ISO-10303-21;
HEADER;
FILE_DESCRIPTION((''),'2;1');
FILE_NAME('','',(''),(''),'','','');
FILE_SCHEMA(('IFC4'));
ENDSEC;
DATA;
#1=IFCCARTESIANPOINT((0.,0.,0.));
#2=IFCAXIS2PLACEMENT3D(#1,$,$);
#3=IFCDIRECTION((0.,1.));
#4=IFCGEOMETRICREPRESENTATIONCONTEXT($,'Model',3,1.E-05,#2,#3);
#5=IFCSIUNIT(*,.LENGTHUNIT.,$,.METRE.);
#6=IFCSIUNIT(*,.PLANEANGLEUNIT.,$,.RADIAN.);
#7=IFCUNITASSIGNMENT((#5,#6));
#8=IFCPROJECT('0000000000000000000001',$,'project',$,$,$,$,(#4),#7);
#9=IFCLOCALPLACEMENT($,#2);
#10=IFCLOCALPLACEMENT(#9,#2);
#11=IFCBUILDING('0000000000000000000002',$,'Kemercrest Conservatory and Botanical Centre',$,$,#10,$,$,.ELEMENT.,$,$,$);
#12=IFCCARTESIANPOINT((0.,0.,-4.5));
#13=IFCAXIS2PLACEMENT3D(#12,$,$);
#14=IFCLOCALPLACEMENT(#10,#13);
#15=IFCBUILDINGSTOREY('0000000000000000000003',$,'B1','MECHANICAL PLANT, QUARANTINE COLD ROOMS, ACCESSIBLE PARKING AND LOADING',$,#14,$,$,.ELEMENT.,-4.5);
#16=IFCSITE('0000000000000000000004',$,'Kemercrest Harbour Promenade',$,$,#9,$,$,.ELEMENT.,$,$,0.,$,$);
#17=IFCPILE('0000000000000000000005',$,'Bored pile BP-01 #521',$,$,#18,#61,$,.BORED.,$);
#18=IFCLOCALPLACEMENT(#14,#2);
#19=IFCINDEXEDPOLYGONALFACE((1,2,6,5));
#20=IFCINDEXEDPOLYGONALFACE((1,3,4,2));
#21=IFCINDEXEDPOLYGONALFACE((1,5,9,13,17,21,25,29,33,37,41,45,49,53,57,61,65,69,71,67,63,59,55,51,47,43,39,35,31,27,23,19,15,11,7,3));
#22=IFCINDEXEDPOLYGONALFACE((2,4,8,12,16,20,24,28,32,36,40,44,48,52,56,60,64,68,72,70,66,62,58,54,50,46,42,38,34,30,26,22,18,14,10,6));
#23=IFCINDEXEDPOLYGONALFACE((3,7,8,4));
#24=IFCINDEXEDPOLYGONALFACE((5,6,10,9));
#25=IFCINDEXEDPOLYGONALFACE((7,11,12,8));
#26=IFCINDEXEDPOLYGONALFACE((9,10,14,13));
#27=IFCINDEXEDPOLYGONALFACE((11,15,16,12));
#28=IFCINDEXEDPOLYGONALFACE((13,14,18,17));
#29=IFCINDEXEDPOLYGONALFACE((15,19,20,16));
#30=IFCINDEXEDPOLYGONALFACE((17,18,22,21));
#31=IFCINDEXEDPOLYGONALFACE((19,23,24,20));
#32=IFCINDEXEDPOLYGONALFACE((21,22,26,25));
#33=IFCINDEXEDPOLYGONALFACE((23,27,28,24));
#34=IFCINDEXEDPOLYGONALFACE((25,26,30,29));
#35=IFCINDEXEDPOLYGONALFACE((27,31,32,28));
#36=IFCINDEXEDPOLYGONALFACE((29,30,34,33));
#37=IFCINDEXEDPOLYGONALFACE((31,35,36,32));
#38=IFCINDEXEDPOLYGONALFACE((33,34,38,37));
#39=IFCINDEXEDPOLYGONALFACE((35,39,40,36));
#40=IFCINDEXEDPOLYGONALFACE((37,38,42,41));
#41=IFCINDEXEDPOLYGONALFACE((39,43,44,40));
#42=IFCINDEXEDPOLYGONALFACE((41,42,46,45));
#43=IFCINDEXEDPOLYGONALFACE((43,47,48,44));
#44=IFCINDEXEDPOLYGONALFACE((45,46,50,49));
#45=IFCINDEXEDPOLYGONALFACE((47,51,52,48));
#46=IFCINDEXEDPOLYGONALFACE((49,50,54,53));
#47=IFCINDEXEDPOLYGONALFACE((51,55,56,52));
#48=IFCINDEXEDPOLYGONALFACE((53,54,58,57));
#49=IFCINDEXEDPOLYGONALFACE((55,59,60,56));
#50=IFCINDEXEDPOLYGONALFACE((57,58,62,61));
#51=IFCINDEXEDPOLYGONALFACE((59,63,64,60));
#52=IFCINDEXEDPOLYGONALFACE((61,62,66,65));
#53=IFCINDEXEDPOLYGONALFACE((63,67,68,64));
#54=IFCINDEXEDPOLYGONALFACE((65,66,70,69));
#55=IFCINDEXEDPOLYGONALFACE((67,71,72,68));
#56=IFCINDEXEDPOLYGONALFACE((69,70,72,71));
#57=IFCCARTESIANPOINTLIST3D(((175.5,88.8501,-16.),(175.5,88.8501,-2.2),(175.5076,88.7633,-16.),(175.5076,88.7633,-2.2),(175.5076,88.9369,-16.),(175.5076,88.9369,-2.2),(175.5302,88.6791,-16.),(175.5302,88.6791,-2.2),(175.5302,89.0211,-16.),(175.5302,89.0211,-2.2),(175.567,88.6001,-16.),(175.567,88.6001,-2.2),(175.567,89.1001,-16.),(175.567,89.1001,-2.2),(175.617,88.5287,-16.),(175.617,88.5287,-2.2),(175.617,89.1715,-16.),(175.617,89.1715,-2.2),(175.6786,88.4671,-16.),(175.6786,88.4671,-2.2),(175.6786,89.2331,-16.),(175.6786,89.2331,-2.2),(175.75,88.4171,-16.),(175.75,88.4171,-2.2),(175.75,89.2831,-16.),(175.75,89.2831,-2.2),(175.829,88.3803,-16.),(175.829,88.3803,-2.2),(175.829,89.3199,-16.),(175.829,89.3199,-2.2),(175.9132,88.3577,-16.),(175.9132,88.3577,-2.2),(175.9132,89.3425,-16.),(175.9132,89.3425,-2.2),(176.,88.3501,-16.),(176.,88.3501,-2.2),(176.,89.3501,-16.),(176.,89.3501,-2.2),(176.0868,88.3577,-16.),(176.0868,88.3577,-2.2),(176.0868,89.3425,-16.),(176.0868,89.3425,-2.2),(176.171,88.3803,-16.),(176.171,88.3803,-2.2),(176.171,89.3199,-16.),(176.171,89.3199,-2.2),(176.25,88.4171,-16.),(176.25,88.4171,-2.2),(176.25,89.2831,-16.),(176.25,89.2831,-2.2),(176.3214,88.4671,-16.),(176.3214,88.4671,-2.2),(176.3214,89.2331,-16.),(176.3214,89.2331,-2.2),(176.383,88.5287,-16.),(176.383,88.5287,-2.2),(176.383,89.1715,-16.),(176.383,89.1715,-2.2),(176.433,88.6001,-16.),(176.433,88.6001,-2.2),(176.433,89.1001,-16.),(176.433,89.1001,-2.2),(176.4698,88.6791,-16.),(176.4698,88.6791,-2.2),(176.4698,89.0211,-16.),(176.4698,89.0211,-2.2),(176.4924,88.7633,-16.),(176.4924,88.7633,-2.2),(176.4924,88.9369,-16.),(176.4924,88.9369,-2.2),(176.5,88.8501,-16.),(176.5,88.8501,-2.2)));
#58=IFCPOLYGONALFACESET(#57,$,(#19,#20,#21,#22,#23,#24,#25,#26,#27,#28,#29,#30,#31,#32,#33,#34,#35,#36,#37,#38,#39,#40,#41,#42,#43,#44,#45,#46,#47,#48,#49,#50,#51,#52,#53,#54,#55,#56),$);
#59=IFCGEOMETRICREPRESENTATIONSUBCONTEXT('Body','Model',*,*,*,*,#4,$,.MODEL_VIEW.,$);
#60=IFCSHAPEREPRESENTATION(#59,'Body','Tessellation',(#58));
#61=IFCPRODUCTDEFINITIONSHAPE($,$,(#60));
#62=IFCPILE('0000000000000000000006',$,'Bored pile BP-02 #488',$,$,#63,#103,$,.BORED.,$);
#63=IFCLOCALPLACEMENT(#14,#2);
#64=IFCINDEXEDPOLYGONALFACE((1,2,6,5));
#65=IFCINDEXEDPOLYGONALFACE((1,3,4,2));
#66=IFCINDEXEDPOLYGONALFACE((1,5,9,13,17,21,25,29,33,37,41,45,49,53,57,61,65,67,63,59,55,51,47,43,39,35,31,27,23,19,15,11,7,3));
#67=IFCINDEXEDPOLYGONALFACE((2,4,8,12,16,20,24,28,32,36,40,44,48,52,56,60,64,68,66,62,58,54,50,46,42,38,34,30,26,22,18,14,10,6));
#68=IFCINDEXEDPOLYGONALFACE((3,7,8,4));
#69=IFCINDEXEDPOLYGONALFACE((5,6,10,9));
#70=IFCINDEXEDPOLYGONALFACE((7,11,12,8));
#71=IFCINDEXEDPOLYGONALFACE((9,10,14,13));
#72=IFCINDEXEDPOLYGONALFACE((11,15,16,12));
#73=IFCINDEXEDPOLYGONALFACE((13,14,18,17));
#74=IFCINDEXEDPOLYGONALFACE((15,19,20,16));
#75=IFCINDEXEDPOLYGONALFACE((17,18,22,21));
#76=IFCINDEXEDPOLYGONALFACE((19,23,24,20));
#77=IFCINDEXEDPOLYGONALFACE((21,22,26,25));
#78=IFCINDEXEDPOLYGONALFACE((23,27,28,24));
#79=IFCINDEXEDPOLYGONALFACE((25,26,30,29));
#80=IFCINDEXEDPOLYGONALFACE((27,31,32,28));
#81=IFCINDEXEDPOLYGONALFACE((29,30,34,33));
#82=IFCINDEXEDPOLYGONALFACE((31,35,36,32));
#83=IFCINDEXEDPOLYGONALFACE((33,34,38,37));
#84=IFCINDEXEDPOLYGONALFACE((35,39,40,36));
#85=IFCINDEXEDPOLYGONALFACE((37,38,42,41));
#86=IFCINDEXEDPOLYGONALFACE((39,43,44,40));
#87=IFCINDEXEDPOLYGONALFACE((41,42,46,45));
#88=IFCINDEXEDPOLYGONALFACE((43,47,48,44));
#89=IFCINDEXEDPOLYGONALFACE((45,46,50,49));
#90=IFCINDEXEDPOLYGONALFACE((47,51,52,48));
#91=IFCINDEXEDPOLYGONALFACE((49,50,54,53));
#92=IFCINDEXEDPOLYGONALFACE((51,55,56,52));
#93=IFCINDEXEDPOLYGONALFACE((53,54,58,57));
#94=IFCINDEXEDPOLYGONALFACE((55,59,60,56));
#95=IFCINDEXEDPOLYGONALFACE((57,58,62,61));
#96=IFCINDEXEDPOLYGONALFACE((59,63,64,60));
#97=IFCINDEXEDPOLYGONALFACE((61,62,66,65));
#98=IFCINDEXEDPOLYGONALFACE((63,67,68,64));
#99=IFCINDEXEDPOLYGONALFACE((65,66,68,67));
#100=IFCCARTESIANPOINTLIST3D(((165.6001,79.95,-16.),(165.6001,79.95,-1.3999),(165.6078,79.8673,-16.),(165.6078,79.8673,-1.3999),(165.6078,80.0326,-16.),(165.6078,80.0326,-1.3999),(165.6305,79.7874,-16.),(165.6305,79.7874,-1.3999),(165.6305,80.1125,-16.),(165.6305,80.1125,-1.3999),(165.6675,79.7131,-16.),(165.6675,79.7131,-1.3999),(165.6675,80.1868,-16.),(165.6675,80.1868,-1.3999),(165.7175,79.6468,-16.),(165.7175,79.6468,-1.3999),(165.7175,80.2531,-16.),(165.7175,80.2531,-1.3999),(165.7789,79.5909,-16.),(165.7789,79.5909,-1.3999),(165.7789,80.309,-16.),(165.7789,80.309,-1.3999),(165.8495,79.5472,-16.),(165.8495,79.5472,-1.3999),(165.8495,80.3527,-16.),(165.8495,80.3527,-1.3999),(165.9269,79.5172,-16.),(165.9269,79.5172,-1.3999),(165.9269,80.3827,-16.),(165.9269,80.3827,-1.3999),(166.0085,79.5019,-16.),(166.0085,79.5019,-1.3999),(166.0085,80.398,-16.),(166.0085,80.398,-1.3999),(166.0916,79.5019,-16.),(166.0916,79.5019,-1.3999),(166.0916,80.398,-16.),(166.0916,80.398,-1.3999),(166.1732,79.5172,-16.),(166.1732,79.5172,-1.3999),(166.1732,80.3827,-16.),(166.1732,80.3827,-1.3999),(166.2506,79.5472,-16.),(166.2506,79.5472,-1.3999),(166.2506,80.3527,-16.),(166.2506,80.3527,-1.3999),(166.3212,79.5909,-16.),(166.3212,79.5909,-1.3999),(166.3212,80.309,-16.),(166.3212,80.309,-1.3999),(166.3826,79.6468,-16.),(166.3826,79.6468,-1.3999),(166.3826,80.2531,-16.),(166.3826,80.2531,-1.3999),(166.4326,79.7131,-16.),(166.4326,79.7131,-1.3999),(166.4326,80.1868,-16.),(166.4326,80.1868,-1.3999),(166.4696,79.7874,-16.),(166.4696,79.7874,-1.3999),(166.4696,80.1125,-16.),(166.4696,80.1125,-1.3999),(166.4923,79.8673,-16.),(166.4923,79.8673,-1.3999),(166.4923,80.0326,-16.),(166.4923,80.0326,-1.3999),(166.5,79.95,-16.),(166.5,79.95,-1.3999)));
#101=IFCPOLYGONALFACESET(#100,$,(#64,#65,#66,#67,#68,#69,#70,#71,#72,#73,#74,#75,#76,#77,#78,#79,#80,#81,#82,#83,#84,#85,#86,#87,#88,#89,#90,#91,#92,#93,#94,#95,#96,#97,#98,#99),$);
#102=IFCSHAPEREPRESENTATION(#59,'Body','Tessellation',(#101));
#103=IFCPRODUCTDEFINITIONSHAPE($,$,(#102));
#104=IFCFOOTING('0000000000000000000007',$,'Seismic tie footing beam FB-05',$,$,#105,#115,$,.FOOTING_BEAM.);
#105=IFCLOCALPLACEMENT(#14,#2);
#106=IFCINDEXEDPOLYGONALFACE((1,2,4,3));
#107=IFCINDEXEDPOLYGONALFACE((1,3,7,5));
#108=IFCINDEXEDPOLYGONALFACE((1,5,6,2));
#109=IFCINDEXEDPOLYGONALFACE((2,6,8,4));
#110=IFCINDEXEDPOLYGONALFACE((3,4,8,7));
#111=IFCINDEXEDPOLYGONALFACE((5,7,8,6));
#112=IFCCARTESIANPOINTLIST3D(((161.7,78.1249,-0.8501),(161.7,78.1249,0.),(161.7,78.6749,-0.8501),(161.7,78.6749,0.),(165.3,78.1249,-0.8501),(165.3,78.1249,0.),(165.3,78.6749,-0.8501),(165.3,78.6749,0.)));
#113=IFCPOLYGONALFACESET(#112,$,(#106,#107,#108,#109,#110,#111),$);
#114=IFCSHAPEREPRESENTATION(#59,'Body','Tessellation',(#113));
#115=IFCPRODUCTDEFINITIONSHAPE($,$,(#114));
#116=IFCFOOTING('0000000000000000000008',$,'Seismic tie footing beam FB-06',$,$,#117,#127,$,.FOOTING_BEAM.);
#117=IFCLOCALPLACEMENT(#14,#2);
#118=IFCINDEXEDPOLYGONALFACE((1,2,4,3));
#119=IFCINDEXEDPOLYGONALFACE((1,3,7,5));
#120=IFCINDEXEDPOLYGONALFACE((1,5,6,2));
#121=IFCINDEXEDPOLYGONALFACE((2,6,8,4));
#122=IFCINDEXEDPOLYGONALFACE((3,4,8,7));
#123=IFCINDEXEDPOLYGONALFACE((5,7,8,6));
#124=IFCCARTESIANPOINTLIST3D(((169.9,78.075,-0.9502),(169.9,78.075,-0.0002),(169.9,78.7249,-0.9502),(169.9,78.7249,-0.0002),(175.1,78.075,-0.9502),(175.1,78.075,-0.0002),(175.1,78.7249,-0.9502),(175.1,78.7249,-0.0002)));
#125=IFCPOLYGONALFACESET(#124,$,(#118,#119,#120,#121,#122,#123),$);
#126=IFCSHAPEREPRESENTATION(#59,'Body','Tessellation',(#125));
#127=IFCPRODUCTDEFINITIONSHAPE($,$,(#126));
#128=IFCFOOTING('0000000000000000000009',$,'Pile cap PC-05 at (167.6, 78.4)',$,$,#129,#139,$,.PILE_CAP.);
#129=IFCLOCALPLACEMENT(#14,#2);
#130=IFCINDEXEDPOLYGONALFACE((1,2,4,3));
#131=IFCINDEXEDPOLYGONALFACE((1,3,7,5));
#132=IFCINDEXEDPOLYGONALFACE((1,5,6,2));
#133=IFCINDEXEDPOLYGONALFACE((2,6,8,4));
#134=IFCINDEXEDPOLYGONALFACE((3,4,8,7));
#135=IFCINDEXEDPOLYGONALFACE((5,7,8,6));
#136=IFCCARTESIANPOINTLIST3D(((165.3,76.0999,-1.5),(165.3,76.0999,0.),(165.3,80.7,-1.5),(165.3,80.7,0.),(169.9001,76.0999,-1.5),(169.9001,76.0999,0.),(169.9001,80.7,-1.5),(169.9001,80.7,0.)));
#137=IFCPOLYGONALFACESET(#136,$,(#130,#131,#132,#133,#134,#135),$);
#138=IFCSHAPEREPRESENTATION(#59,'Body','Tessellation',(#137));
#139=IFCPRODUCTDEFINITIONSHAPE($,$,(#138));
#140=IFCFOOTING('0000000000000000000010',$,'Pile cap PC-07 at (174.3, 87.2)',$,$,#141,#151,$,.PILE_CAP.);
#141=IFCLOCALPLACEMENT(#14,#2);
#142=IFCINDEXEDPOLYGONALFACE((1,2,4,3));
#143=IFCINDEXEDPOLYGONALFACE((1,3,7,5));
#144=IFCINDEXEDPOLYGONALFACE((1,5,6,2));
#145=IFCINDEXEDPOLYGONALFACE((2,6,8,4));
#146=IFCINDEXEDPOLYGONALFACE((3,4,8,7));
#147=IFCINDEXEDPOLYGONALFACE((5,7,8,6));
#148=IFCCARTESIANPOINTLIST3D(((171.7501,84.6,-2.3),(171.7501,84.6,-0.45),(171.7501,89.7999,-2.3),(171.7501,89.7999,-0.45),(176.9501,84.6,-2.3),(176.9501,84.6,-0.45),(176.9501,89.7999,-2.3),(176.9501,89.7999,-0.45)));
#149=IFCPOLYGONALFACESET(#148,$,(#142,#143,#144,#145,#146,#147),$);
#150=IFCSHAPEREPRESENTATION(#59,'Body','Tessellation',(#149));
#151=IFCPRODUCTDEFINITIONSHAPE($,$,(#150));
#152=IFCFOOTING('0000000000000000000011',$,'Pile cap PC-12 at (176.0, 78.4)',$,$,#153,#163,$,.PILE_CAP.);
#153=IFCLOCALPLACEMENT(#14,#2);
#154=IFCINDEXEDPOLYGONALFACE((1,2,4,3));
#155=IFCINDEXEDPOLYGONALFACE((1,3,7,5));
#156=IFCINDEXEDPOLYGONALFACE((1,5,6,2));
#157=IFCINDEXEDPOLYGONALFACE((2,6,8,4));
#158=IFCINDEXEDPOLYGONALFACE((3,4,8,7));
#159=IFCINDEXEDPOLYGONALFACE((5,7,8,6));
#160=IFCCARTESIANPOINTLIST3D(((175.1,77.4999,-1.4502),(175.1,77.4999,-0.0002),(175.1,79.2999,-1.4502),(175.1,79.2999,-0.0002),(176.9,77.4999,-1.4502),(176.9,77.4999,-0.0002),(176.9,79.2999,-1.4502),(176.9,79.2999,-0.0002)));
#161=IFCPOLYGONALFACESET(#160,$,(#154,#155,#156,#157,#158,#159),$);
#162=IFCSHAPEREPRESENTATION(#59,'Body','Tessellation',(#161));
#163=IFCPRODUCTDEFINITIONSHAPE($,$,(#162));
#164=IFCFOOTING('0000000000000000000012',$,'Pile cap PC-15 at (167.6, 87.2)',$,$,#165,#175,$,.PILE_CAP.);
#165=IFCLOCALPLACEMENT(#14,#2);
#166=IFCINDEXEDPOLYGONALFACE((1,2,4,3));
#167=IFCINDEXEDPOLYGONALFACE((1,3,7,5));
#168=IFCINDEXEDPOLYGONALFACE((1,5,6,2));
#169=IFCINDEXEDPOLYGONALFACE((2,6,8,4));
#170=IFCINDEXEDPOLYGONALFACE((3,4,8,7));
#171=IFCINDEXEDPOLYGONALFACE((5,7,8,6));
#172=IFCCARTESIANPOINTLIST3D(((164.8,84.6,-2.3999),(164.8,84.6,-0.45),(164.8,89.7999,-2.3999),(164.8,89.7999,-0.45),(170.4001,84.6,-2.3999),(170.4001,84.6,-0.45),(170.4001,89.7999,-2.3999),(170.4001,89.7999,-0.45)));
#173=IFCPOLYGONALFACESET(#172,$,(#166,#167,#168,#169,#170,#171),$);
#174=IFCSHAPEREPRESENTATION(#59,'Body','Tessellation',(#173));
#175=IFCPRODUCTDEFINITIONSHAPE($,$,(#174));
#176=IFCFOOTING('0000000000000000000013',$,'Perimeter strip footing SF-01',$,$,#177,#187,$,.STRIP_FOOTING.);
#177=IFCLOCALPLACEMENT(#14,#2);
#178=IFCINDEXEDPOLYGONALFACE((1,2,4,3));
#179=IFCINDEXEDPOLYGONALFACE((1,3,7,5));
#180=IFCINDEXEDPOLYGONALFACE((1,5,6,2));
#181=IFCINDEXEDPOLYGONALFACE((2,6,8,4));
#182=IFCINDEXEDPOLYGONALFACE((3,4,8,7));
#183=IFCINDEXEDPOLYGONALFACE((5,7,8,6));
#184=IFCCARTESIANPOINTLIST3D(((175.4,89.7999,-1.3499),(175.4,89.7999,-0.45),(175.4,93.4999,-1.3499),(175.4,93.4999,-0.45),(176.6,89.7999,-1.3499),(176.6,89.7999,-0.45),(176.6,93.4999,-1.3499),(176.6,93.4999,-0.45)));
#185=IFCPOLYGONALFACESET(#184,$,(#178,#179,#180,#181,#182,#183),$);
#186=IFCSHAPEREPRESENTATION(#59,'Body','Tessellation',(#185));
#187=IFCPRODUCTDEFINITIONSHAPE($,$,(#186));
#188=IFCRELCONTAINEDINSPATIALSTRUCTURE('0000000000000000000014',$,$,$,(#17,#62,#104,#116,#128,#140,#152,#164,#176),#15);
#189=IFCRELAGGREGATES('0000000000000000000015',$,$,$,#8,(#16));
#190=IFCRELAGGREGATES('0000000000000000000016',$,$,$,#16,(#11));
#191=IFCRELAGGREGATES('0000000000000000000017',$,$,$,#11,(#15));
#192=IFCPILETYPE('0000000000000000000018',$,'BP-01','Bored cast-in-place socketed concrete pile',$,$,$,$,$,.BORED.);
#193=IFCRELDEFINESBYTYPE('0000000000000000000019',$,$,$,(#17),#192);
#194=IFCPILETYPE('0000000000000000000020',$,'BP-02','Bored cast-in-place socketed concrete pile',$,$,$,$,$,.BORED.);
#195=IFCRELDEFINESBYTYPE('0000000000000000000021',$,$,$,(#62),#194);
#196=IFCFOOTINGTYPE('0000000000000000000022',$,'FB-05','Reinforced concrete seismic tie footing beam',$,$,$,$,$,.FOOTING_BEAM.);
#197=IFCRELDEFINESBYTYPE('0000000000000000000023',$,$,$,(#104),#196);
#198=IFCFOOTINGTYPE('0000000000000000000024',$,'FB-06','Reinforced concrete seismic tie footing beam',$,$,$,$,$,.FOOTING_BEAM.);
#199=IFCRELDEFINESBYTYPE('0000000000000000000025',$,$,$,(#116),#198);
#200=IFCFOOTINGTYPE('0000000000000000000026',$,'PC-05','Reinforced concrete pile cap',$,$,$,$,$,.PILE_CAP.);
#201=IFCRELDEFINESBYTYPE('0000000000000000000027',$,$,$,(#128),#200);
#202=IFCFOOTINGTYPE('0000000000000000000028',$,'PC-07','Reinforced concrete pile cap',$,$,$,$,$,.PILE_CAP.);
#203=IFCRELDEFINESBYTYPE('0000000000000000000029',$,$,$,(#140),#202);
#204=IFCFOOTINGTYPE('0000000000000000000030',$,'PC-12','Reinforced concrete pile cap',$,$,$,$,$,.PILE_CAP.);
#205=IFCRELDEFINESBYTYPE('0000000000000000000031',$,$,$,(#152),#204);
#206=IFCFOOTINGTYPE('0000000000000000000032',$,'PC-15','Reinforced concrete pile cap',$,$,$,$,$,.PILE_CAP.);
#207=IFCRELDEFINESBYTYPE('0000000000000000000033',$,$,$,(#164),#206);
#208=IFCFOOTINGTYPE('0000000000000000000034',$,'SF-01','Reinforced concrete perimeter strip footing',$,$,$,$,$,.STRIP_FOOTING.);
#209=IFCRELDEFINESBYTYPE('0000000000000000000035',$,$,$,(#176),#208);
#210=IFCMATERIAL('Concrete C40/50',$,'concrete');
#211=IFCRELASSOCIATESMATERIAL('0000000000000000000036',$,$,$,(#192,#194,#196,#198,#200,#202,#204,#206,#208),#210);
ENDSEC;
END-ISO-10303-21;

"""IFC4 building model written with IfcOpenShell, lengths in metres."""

from ifc_helpers import new_model, si_unit, direction, frame, origin, origin_2d, place, context, subcontext, project, spatial, rectangle, circle, extrude, material, material_profile, profile_set, type_object, element, save


model = new_model("IFC4")

# Units and contexts
model_context = context("Model", 3, precision=1e-05, world=origin(), true_north=direction((0.0, 1.0)))
body_context = subcontext(model_context, "Body", "Model", "MODEL_VIEW")
ifc_project = project(units=[si_unit("LENGTHUNIT", "METRE"), si_unit("PLANEANGLEUNIT", "RADIAN")], contexts=[model_context])

# Site, building, storey
site_placement = place(None, origin())
site = spatial("IfcSite", under=ifc_project, at=site_placement, Name="Kemercrest Harbour Promenade", CompositionType="ELEMENT", RefElevation=0.0)
building_placement = place(site_placement, origin())
building = spatial("IfcBuilding", under=site, at=building_placement, Name="Kemercrest Conservatory and Botanical Centre", CompositionType="ELEMENT")
storey_placement = place(building_placement, frame((0.0, 0.0, -4.5)))
storey = spatial("IfcBuildingStorey", under=building, at=storey_placement, Name="B1", Description="MECHANICAL PLANT, QUARANTINE COLD ROOMS, ACCESSIBLE PARKING AND LOADING", CompositionType="ELEMENT", Elevation=-4.5)

# Piles
ifc_material_1 = material(Name="Concrete C40/50", Category="concrete")
ifc_material_profile_1 = material_profile(ifc_material_1, circle(Radius=0.5, at=origin_2d()), Name="BORED PILE 1000")
ifc_profile_set_1 = profile_set([ifc_material_profile_1], Name="Concrete C40/50")
pile_type_1 = type_object("IfcPileType", Name="BP-01", Description="Bored cast-in-place socketed concrete pile", PredefinedType="BORED", material=ifc_profile_set_1)
for number, where, z_axis, x_axis, name in (
    (1, (176.0, 88.8501, -2.2), (0.0, 0.0, -1.0), (1.0, 0.0, 0.0), "Bored pile BP-01 #521"),
):
    element("IfcPile", number, at=place(storey_placement, frame(where, z_axis=z_axis, x_axis=x_axis)), inside=storey, type_object=pile_type_1, Name=name, PredefinedType="BORED", context=body_context, shape_type="SweptSolid", body=[
        extrude(circle(Radius=0.5, at=origin_2d()), origin(), (0.0, 0.0, 1.0), 13.8),
    ])
ifc_material_profile_2 = material_profile(ifc_material_1, circle(Radius=0.45, at=origin_2d()), Name="BORED PILE 900")
ifc_profile_set_2 = profile_set([ifc_material_profile_2], Name="Concrete C40/50")
pile_type_2 = type_object("IfcPileType", Name="BP-02", Description="Bored cast-in-place socketed concrete pile", PredefinedType="BORED", material=ifc_profile_set_2)
pile_1_placement = place(storey_placement, frame((166.05, 79.95, -1.3999), z_axis=(0.0, 0.0, -1.0), x_axis=(1.0, 0.0, 0.0)))
element("IfcPile", 2, at=pile_1_placement, inside=storey, type_object=pile_type_2, Name="Bored pile BP-02 #488", PredefinedType="BORED", context=body_context, shape_type="SweptSolid", body=[
    extrude(circle(Radius=0.45, at=origin_2d()), origin(), (0.0, 0.0, 1.0), 14.6001),
])

# Footings
footing_type_1 = type_object("IfcFootingType", Name="FB-05", Description="Reinforced concrete seismic tie footing beam", PredefinedType="FOOTING_BEAM", material=ifc_material_1)
footing_1_placement = place(storey_placement, frame((163.5, 78.3999, -0.8501), z_axis=(0.0, 0.0, 1.0), x_axis=(1.0, 0.0, 0.0)))
element("IfcFooting", 3, at=footing_1_placement, inside=storey, type_object=footing_type_1, Name="Seismic tie footing beam FB-05", PredefinedType="FOOTING_BEAM", context=body_context, shape_type="SweptSolid", body=[
    extrude(rectangle(XDim=3.6001, YDim=0.55, at=origin_2d()), origin(), (0.0, 0.0, 1.0), 0.8501),
])
footing_type_2 = type_object("IfcFootingType", Name="FB-06", Description="Reinforced concrete seismic tie footing beam", PredefinedType="FOOTING_BEAM", material=ifc_material_1)
footing_2_placement = place(storey_placement, frame((172.5, 78.3999, -0.9502), z_axis=(0.0, 0.0, 1.0), x_axis=(1.0, 0.0, 0.0)))
element("IfcFooting", 4, at=footing_2_placement, inside=storey, type_object=footing_type_2, Name="Seismic tie footing beam FB-06", PredefinedType="FOOTING_BEAM", context=body_context, shape_type="SweptSolid", body=[
    extrude(rectangle(XDim=5.2, YDim=0.6499, at=origin_2d()), origin(), (0.0, 0.0, 1.0), 0.95),
])
footing_type_3 = type_object("IfcFootingType", Name="PC-05", Description="Reinforced concrete pile cap", PredefinedType="PILE_CAP", material=ifc_material_1)
footing_3_placement = place(storey_placement, frame((167.6001, 78.3999, -1.5), z_axis=(0.0, 0.0, 1.0), x_axis=(1.0, 0.0, 0.0)))
element("IfcFooting", 5, at=footing_3_placement, inside=storey, type_object=footing_type_3, Name="Pile cap PC-05 at (167.6, 78.4)", PredefinedType="PILE_CAP", context=body_context, shape_type="SweptSolid", body=[
    extrude(rectangle(XDim=4.6001, YDim=4.6001, at=origin_2d()), origin(), (0.0, 0.0, 1.0), 1.5),
])
footing_type_4 = type_object("IfcFootingType", Name="PC-07", Description="Reinforced concrete pile cap", PredefinedType="PILE_CAP", material=ifc_material_1)
footing_4_placement = place(storey_placement, frame((174.3501, 87.2, -2.3), z_axis=(0.0, 0.0, 1.0), x_axis=(1.0, 0.0, 0.0)))
element("IfcFooting", 6, at=footing_4_placement, inside=storey, type_object=footing_type_4, Name="Pile cap PC-07 at (174.3, 87.2)", PredefinedType="PILE_CAP", context=body_context, shape_type="SweptSolid", body=[
    extrude(rectangle(XDim=5.2, YDim=5.2, at=origin_2d()), origin(), (0.0, 0.0, 1.0), 1.8501),
])
footing_type_5 = type_object("IfcFootingType", Name="PC-12", Description="Reinforced concrete pile cap", PredefinedType="PILE_CAP", material=ifc_material_1)
footing_5_placement = place(storey_placement, frame((176.0, 78.3999, -1.4502), z_axis=(0.0, 0.0, 1.0), x_axis=(1.0, 0.0, 0.0)))
element("IfcFooting", 7, at=footing_5_placement, inside=storey, type_object=footing_type_5, Name="Pile cap PC-12 at (176.0, 78.4)", PredefinedType="PILE_CAP", context=body_context, shape_type="SweptSolid", body=[
    extrude(rectangle(XDim=1.8, YDim=1.8, at=origin_2d()), origin(), (0.0, 0.0, 1.0), 1.45),
])
footing_type_6 = type_object("IfcFootingType", Name="PC-15", Description="Reinforced concrete pile cap", PredefinedType="PILE_CAP", material=ifc_material_1)
footing_6_placement = place(storey_placement, frame((167.6001, 87.2, -2.3999), z_axis=(0.0, 0.0, 1.0), x_axis=(1.0, 0.0, 0.0)))
element("IfcFooting", 8, at=footing_6_placement, inside=storey, type_object=footing_type_6, Name="Pile cap PC-15 at (167.6, 87.2)", PredefinedType="PILE_CAP", context=body_context, shape_type="SweptSolid", body=[
    extrude(rectangle(XDim=5.6001, YDim=5.2, at=origin_2d()), origin(), (0.0, 0.0, 1.0), 1.95),
])
footing_type_7 = type_object("IfcFootingType", Name="SF-01", Description="Reinforced concrete perimeter strip footing", PredefinedType="STRIP_FOOTING", material=ifc_material_1)
footing_7_placement = place(storey_placement, frame((176.0, 91.6499, -1.3499), z_axis=(0.0, 0.0, 1.0), x_axis=(1.0, 0.0, 0.0)))
element("IfcFooting", 9, at=footing_7_placement, inside=storey, type_object=footing_type_7, Name="Perimeter strip footing SF-01", PredefinedType="STRIP_FOOTING", context=body_context, shape_type="SweptSolid", body=[
    extrude(rectangle(XDim=1.2, YDim=3.7, at=origin_2d()), origin(), (0.0, 0.0, 1.0), 0.8999),
])

save(model, "model.ifc")
